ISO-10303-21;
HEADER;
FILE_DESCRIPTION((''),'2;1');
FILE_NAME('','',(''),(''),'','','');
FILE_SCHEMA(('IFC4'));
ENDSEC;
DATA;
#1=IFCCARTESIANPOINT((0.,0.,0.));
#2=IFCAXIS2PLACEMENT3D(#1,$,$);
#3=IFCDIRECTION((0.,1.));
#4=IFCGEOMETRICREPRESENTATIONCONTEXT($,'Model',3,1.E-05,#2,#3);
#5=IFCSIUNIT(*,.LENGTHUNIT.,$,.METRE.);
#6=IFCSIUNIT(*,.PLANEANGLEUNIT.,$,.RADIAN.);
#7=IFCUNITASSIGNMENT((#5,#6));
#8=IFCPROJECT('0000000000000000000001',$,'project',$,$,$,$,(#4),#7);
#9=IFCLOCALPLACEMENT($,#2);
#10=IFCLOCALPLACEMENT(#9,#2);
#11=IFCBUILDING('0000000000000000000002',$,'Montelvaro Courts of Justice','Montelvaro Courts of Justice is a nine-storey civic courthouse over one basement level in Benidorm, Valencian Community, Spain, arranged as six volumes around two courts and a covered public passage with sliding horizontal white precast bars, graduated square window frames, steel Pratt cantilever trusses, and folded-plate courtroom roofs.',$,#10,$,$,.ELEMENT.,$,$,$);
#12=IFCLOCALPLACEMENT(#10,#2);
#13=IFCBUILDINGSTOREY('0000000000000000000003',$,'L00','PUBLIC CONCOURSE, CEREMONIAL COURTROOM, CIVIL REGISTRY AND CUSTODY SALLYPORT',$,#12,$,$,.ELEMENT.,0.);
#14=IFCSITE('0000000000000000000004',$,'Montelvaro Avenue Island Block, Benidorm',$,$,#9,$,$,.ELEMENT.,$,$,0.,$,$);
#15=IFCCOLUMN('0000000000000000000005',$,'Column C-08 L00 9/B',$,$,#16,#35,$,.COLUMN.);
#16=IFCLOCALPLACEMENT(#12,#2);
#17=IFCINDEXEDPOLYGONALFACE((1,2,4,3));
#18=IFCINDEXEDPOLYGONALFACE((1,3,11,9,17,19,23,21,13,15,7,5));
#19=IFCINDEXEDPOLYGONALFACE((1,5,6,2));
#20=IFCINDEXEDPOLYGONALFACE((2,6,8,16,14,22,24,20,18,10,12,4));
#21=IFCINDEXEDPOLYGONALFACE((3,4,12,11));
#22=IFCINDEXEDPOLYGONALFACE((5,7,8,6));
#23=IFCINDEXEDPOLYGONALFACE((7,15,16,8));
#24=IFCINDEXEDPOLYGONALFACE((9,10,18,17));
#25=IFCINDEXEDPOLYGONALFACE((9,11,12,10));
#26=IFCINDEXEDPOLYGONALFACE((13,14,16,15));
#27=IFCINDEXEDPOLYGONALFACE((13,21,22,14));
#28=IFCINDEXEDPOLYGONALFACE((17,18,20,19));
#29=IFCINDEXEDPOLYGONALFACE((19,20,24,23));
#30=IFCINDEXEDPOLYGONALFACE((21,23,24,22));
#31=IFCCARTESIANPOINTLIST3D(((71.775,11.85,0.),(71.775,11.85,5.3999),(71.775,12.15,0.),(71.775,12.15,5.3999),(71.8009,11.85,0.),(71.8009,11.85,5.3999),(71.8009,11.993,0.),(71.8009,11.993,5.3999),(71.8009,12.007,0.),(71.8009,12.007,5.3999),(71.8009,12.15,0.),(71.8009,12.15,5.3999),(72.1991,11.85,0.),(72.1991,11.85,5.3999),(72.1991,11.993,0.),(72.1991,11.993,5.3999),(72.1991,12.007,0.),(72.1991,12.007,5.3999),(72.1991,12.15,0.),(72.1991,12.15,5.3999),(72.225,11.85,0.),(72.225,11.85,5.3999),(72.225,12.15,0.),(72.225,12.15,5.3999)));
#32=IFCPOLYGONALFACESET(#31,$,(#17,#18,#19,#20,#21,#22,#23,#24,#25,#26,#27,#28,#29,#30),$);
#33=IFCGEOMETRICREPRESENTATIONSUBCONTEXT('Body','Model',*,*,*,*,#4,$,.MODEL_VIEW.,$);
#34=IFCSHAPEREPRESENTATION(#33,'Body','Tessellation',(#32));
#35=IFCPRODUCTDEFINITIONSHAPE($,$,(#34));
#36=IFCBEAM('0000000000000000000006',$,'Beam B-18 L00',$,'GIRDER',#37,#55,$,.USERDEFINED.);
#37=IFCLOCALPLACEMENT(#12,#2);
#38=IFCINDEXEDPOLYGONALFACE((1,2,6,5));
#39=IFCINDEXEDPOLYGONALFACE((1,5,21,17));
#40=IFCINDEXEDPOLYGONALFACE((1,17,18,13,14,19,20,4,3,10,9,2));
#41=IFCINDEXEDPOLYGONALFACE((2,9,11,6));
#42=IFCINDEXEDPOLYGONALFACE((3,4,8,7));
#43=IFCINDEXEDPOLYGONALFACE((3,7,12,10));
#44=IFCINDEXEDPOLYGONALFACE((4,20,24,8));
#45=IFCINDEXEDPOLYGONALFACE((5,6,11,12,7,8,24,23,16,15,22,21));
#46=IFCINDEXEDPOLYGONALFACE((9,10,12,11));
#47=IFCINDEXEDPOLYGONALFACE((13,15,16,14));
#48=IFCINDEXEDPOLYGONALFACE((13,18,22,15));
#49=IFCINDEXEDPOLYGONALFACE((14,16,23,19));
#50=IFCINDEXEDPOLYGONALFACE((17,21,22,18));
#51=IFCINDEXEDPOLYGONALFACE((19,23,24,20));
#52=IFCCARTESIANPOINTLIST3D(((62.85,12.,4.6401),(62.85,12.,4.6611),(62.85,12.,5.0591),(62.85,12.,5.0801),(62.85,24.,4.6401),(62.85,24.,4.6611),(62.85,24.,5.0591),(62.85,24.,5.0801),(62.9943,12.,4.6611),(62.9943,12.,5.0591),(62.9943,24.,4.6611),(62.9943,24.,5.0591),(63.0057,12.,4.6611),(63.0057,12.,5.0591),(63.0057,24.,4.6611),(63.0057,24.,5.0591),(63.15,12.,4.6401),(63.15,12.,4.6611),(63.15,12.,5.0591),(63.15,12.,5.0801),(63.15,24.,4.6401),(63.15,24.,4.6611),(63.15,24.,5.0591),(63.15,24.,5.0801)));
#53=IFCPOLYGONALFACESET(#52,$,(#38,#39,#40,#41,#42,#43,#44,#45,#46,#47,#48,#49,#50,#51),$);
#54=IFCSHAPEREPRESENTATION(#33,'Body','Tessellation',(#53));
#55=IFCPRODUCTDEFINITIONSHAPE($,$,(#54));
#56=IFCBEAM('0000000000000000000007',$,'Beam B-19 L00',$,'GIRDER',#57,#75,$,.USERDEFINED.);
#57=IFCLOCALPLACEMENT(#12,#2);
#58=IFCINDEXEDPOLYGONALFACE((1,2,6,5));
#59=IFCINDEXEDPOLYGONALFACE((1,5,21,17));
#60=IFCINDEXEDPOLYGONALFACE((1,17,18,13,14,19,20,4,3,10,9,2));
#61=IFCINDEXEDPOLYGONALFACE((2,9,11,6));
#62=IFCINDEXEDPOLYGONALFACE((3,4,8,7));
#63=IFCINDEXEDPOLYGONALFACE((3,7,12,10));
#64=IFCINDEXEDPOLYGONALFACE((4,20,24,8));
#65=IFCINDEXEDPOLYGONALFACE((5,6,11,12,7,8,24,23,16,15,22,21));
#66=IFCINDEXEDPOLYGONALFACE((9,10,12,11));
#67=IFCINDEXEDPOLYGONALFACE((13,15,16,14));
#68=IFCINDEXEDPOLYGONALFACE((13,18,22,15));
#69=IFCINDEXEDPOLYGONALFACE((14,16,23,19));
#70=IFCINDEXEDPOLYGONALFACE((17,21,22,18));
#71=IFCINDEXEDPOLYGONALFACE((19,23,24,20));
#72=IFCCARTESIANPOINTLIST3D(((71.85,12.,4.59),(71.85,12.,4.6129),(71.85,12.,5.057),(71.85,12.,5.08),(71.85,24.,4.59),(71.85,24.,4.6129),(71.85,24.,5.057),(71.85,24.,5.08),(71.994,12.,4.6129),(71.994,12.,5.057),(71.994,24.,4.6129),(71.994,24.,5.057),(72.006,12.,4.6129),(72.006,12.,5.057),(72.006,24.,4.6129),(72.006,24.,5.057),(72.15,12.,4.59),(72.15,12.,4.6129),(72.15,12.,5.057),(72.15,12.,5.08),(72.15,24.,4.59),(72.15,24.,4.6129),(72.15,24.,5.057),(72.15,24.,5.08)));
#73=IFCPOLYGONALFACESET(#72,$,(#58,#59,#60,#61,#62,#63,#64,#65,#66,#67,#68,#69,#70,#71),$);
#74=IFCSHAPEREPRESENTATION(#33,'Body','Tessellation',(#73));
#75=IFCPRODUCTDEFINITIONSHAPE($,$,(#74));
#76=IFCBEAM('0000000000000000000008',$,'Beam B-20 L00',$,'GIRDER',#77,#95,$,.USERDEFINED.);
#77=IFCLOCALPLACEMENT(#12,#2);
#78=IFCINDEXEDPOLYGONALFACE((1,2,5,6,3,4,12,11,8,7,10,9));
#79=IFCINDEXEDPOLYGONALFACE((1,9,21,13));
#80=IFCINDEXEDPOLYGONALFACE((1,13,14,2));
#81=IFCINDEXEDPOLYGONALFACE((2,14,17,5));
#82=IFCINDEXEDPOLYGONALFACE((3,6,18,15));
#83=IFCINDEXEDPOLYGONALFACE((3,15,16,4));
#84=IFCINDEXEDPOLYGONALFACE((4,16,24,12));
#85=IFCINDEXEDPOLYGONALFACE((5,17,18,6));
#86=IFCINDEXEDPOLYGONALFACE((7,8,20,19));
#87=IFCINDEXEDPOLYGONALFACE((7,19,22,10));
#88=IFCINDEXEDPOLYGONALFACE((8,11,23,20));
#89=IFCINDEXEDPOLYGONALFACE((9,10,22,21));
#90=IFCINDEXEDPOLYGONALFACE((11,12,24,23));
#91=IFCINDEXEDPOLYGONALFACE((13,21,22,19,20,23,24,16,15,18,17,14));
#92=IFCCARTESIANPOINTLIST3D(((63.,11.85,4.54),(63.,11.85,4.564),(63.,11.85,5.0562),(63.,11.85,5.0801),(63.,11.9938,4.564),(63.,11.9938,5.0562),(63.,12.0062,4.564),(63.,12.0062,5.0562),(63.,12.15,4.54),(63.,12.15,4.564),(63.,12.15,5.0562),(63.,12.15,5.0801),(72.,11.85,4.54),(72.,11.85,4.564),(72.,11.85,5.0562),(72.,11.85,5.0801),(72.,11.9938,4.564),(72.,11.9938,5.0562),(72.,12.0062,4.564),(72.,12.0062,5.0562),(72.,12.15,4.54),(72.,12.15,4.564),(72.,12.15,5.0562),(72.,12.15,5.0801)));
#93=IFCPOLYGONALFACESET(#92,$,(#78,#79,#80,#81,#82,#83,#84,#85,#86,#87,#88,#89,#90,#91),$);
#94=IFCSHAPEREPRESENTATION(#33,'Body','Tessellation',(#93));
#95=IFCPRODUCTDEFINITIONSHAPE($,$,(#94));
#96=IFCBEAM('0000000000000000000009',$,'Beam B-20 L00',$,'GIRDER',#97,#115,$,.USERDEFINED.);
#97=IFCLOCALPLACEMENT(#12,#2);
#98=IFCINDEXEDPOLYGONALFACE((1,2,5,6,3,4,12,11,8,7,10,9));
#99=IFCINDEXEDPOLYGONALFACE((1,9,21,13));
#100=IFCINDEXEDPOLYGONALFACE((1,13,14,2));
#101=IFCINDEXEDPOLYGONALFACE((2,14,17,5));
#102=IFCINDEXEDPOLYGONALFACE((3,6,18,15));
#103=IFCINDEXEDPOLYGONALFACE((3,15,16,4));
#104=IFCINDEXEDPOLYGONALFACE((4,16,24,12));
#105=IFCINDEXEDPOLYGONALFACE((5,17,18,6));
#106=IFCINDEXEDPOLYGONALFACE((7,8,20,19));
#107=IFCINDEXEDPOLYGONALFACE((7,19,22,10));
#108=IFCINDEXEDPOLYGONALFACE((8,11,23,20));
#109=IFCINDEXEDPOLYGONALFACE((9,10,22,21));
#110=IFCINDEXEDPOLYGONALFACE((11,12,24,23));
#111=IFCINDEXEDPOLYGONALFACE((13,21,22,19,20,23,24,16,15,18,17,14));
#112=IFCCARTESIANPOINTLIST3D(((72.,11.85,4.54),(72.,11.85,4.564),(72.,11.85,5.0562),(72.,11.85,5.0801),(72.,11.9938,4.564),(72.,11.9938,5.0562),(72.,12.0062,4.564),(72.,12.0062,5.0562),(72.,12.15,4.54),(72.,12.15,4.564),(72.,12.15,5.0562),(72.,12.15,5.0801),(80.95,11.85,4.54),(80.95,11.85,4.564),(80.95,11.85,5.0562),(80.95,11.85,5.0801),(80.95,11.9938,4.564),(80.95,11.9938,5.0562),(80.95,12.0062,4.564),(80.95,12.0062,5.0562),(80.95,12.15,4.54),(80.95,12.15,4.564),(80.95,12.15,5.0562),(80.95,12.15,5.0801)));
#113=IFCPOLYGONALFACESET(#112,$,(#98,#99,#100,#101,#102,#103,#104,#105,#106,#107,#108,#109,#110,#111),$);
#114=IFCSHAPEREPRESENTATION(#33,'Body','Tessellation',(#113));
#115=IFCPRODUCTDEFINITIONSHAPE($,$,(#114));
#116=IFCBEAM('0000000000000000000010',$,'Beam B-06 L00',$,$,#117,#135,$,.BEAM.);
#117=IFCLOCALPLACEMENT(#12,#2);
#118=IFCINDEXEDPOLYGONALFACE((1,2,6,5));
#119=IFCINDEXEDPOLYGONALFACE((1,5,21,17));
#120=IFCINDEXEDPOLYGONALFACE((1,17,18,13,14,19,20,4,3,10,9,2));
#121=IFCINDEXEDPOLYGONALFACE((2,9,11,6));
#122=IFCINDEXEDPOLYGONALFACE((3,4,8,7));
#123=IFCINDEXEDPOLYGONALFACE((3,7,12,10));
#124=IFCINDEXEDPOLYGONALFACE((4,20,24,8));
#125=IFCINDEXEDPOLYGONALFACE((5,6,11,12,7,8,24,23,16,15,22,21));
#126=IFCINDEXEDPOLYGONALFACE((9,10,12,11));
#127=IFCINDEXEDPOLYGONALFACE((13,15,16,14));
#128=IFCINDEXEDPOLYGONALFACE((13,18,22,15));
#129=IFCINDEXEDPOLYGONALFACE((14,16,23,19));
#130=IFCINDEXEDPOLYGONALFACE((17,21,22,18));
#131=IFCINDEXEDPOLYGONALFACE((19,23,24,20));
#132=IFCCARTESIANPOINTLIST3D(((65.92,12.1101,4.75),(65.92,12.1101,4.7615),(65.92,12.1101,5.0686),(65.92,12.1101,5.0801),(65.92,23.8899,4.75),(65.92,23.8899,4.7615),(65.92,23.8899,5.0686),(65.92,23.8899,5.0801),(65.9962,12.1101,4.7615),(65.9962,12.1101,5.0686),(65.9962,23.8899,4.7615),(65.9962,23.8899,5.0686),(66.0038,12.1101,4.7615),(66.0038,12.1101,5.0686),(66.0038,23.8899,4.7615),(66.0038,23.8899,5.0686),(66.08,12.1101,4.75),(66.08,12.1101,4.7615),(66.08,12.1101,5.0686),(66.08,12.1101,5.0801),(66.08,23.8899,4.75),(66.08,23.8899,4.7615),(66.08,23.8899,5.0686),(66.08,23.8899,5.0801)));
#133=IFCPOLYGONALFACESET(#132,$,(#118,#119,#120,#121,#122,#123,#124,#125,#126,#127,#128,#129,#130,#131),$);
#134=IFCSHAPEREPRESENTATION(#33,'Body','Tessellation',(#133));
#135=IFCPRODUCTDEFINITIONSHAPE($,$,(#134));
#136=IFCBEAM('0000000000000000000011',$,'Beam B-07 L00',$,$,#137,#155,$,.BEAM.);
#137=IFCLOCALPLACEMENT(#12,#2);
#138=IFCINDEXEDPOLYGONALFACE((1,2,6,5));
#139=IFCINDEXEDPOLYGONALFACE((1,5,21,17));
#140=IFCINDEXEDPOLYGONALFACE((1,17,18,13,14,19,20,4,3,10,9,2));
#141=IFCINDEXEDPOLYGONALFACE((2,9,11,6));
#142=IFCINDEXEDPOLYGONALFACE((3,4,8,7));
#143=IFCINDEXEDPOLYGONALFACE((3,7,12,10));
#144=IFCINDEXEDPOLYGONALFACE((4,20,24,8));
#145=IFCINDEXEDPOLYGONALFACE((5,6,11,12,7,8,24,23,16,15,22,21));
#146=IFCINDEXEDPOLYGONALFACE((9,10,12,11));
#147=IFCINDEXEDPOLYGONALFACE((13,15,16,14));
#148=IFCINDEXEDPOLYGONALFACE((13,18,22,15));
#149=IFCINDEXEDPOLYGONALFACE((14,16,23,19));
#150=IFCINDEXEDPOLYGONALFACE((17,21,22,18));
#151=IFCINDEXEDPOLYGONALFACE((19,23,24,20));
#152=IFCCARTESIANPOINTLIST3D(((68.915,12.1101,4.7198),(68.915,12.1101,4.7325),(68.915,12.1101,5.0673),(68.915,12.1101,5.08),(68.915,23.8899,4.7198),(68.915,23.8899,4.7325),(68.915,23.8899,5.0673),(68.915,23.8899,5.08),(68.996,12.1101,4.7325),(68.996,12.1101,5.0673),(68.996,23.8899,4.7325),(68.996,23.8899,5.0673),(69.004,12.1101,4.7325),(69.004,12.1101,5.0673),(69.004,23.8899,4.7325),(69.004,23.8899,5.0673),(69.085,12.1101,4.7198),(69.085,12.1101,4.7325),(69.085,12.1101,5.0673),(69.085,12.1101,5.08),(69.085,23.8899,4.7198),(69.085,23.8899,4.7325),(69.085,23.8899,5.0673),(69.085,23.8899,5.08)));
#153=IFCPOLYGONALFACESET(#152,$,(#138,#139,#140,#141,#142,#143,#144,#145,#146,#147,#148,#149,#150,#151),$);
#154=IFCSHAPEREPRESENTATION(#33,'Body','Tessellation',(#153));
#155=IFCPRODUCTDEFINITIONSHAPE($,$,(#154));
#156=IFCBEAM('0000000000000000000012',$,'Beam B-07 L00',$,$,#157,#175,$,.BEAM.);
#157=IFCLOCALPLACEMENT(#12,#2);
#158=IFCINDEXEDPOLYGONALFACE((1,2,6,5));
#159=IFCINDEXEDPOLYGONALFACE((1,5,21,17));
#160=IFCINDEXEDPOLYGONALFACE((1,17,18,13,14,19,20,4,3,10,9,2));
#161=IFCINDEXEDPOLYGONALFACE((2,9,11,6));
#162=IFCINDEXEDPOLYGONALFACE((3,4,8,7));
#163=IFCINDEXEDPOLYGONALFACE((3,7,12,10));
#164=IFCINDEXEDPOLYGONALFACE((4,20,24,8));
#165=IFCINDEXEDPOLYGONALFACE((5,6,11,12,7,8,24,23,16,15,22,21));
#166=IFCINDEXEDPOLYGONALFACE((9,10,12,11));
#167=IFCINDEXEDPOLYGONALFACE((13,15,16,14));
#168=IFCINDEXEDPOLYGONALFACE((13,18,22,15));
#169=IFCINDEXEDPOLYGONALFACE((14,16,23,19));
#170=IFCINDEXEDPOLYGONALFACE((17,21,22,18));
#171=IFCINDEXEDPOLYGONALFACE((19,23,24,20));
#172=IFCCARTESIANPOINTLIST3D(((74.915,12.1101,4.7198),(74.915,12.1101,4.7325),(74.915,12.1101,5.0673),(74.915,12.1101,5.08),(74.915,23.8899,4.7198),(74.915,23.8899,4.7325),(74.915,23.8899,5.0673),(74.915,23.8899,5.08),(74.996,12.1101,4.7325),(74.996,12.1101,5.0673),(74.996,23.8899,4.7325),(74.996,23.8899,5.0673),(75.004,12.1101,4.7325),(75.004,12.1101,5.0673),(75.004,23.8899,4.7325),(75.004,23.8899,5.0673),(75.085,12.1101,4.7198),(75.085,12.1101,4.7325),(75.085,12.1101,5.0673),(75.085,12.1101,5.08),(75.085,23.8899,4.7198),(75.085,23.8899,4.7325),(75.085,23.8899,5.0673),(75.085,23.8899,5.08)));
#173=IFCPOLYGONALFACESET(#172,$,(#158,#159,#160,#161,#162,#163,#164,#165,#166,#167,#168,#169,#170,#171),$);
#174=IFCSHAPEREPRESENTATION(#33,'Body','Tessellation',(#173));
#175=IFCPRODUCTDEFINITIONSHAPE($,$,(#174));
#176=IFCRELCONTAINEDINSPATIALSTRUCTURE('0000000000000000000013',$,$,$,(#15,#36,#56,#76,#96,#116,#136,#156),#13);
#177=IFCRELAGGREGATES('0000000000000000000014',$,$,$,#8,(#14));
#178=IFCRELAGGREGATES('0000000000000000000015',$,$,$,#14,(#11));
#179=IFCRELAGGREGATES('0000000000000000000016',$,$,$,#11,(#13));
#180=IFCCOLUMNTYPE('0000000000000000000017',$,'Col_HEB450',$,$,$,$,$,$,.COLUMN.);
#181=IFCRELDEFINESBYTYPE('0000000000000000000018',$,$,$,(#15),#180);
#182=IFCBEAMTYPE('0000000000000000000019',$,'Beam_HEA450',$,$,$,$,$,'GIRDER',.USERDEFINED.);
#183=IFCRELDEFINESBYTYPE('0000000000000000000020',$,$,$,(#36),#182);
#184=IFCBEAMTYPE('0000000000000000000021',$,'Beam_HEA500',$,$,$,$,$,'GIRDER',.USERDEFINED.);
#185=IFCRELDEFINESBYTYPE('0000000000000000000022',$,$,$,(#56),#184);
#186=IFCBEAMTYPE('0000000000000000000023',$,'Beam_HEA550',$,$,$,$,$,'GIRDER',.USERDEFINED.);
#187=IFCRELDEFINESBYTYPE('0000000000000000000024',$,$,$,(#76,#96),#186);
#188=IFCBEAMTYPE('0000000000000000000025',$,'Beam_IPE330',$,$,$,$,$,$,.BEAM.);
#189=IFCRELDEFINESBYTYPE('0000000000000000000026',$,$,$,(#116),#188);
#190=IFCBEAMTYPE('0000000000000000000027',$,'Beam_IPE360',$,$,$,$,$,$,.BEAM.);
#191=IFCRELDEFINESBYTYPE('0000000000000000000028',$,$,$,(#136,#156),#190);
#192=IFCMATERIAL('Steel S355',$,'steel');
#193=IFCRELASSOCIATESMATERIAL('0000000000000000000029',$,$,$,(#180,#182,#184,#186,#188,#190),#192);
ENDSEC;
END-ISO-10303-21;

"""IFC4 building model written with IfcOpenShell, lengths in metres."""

from ifc_helpers import new_model, si_unit, direction, frame, origin, origin_2d, place, context, subcontext, project, spatial, i_section, extrude, material, material_profile, profile_set, type_object, element, save


model = new_model("IFC4")

# Units and contexts
model_context = context("Model", 3, precision=1e-05, world=origin(), true_north=direction((0.0, 1.0)))
body_context = subcontext(model_context, "Body", "Model", "MODEL_VIEW")
ifc_project = project(units=[si_unit("LENGTHUNIT", "METRE"), si_unit("PLANEANGLEUNIT", "RADIAN")], contexts=[model_context])

# Site, building, storey
site_placement = place(None, origin())
site = spatial("IfcSite", under=ifc_project, at=site_placement, Name="Montelvaro Avenue Island Block, Benidorm", CompositionType="ELEMENT", RefElevation=0.0)
building_placement = place(site_placement, origin())
building = spatial("IfcBuilding", under=site, at=building_placement, Name="Montelvaro Courts of Justice", Description="Montelvaro Courts of Justice is a nine-storey civic courthouse over one basement level in Benidorm, Valencian Community, Spain, arranged as six volumes around two courts and a covered public passage with sliding horizontal white precast bars, graduated square window frames, steel Pratt cantilever trusses, and folded-plate courtroom roofs.", CompositionType="ELEMENT")
storey_placement = place(building_placement, origin())
storey = spatial("IfcBuildingStorey", under=building, at=storey_placement, Name="L00", Description="PUBLIC CONCOURSE, CEREMONIAL COURTROOM, CIVIL REGISTRY AND CUSTODY SALLYPORT", CompositionType="ELEMENT", Elevation=0.0)

# Column
ifc_material_1 = material(Name="Steel S355", Category="steel")
ifc_material_profile_1 = material_profile(ifc_material_1, i_section(OverallWidth=0.3, OverallDepth=0.45, WebThickness=0.0139, FlangeThickness=0.0259, at=origin_2d()), Name="HEB 450")
ifc_profile_set_1 = profile_set([ifc_material_profile_1], Name="Steel S355")
column_type = type_object("IfcColumnType", Name="Col_HEB450", PredefinedType="COLUMN", material=ifc_profile_set_1)
column_placement = place(storey_placement, frame((72.0, 12.0, 0.0), z_axis=(0.0, 0.0, 1.0), x_axis=(0.0, 1.0, 0.0)))
element("IfcColumn", 1, at=column_placement, inside=storey, type_object=column_type, Name="Column C-08 L00 9/B", PredefinedType="COLUMN", context=body_context, shape_type="SweptSolid", body=[
    extrude(i_section(OverallWidth=0.3, OverallDepth=0.45, WebThickness=0.0139, FlangeThickness=0.0259, at=origin_2d()), origin(), (0.0, 0.0, 1.0), 5.3999),
])

# Beams
ifc_material_profile_2 = material_profile(ifc_material_1, i_section(OverallWidth=0.3, OverallDepth=0.4399, WebThickness=0.0115, FlangeThickness=0.021, at=origin_2d()), Name="HEA 450")
ifc_profile_set_2 = profile_set([ifc_material_profile_2], Name="Steel S355")
beam_type_1 = type_object("IfcBeamType", Name="Beam_HEA450", ElementType="GIRDER", PredefinedType="USERDEFINED", material=ifc_profile_set_2)
beam_1_placement = place(storey_placement, frame((63.0, 12.0, 4.8601), z_axis=(0.0, 1.0, 0.0), x_axis=(-1.0, 0.0, 0.0)))
element("IfcBeam", 2, at=beam_1_placement, inside=storey, type_object=beam_type_1, Name="Beam B-18 L00", ObjectType="GIRDER", PredefinedType="USERDEFINED", context=body_context, shape_type="SweptSolid", body=[
    extrude(i_section(OverallWidth=0.3, OverallDepth=0.4399, WebThickness=0.0115, FlangeThickness=0.021, at=origin_2d()), origin(), (0.0, 0.0, 1.0), 12.0),
])
ifc_material_profile_3 = material_profile(ifc_material_1, i_section(OverallWidth=0.3, OverallDepth=0.49, WebThickness=0.012, FlangeThickness=0.0229, at=origin_2d()), Name="HEA 500")
ifc_profile_set_3 = profile_set([ifc_material_profile_3], Name="Steel S355")
beam_type_2 = type_object("IfcBeamType", Name="Beam_HEA500", ElementType="GIRDER", PredefinedType="USERDEFINED", material=ifc_profile_set_3)
beam_2_placement = place(storey_placement, frame((72.0, 12.0, 4.835), z_axis=(0.0, 1.0, 0.0), x_axis=(-1.0, 0.0, 0.0)))
element("IfcBeam", 3, at=beam_2_placement, inside=storey, type_object=beam_type_2, Name="Beam B-19 L00", ObjectType="GIRDER", PredefinedType="USERDEFINED", context=body_context, shape_type="SweptSolid", body=[
    extrude(i_section(OverallWidth=0.3, OverallDepth=0.49, WebThickness=0.012, FlangeThickness=0.0229, at=origin_2d()), origin(), (0.0, 0.0, 1.0), 12.0),
])
ifc_material_profile_4 = material_profile(ifc_material_1, i_section(OverallWidth=0.3, OverallDepth=0.54, WebThickness=0.0125, FlangeThickness=0.0239, at=origin_2d()), Name="HEA 550")
ifc_profile_set_4 = profile_set([ifc_material_profile_4], Name="Steel S355")
beam_type_3 = type_object("IfcBeamType", Name="Beam_HEA550", ElementType="GIRDER", PredefinedType="USERDEFINED", material=ifc_profile_set_4)
beam_3_placement = place(storey_placement, frame((63.0, 12.0, 4.8101), z_axis=(1.0, 0.0, 0.0), x_axis=(0.0, 1.0, 0.0)))
element("IfcBeam", 4, at=beam_3_placement, inside=storey, type_object=beam_type_3, Name="Beam B-20 L00", ObjectType="GIRDER", PredefinedType="USERDEFINED", context=body_context, shape_type="SweptSolid", body=[
    extrude(i_section(OverallWidth=0.3, OverallDepth=0.54, WebThickness=0.0125, FlangeThickness=0.0239, at=origin_2d()), origin(), (0.0, 0.0, 1.0), 9.0),
])
beam_4_placement = place(storey_placement, frame((72.0, 12.0, 4.8101), z_axis=(1.0, 0.0, 0.0), x_axis=(0.0, 1.0, 0.0)))
element("IfcBeam", 5, at=beam_4_placement, inside=storey, type_object=beam_type_3, Name="Beam B-20 L00", ObjectType="GIRDER", PredefinedType="USERDEFINED", context=body_context, shape_type="SweptSolid", body=[
    extrude(i_section(OverallWidth=0.3, OverallDepth=0.54, WebThickness=0.0125, FlangeThickness=0.0239, at=origin_2d()), origin(), (0.0, 0.0, 1.0), 8.95),
])
ifc_material_profile_5 = material_profile(ifc_material_1, i_section(OverallWidth=0.1599, OverallDepth=0.3301, WebThickness=0.0076, FlangeThickness=0.0115, at=origin_2d()), Name="IPE 330")
ifc_profile_set_5 = profile_set([ifc_material_profile_5], Name="Steel S355")
beam_type_4 = type_object("IfcBeamType", Name="Beam_IPE330", PredefinedType="BEAM", material=ifc_profile_set_5)
beam_5_placement = place(storey_placement, frame((66.0, 12.1101, 4.915), z_axis=(0.0, 1.0, 0.0), x_axis=(-1.0, 0.0, 0.0)))
element("IfcBeam", 6, at=beam_5_placement, inside=storey, type_object=beam_type_4, Name="Beam B-06 L00", PredefinedType="BEAM", context=body_context, shape_type="SweptSolid", body=[
    extrude(i_section(OverallWidth=0.1599, OverallDepth=0.3301, WebThickness=0.0076, FlangeThickness=0.0115, at=origin_2d()), origin(), (0.0, 0.0, 1.0), 11.7798),
])
ifc_material_profile_6 = material_profile(ifc_material_1, i_section(OverallWidth=0.1699, OverallDepth=0.3601, WebThickness=0.0081, FlangeThickness=0.0127, at=origin_2d()), Name="IPE 360")
ifc_profile_set_6 = profile_set([ifc_material_profile_6], Name="Steel S355")
beam_type_5 = type_object("IfcBeamType", Name="Beam_IPE360", PredefinedType="BEAM", material=ifc_profile_set_6)
for number, where, z_axis, x_axis, name in (
    (7, (69.0, 12.1101, 4.8999), (0.0, 1.0, 0.0), (-1.0, 0.0, 0.0), "Beam B-07 L00"),
    (8, (75.0, 12.1101, 4.8999), (0.0, 1.0, 0.0), (-1.0, 0.0, 0.0), "Beam B-07 L00"),
):
    element("IfcBeam", number, at=place(storey_placement, frame(where, z_axis=z_axis, x_axis=x_axis)), inside=storey, type_object=beam_type_5, Name=name, PredefinedType="BEAM", context=body_context, shape_type="SweptSolid", body=[
        extrude(i_section(OverallWidth=0.1699, OverallDepth=0.3601, WebThickness=0.0081, FlangeThickness=0.0127, at=origin_2d()), origin(), (0.0, 0.0, 1.0), 11.7798),
    ])

save(model, "model.ifc")
